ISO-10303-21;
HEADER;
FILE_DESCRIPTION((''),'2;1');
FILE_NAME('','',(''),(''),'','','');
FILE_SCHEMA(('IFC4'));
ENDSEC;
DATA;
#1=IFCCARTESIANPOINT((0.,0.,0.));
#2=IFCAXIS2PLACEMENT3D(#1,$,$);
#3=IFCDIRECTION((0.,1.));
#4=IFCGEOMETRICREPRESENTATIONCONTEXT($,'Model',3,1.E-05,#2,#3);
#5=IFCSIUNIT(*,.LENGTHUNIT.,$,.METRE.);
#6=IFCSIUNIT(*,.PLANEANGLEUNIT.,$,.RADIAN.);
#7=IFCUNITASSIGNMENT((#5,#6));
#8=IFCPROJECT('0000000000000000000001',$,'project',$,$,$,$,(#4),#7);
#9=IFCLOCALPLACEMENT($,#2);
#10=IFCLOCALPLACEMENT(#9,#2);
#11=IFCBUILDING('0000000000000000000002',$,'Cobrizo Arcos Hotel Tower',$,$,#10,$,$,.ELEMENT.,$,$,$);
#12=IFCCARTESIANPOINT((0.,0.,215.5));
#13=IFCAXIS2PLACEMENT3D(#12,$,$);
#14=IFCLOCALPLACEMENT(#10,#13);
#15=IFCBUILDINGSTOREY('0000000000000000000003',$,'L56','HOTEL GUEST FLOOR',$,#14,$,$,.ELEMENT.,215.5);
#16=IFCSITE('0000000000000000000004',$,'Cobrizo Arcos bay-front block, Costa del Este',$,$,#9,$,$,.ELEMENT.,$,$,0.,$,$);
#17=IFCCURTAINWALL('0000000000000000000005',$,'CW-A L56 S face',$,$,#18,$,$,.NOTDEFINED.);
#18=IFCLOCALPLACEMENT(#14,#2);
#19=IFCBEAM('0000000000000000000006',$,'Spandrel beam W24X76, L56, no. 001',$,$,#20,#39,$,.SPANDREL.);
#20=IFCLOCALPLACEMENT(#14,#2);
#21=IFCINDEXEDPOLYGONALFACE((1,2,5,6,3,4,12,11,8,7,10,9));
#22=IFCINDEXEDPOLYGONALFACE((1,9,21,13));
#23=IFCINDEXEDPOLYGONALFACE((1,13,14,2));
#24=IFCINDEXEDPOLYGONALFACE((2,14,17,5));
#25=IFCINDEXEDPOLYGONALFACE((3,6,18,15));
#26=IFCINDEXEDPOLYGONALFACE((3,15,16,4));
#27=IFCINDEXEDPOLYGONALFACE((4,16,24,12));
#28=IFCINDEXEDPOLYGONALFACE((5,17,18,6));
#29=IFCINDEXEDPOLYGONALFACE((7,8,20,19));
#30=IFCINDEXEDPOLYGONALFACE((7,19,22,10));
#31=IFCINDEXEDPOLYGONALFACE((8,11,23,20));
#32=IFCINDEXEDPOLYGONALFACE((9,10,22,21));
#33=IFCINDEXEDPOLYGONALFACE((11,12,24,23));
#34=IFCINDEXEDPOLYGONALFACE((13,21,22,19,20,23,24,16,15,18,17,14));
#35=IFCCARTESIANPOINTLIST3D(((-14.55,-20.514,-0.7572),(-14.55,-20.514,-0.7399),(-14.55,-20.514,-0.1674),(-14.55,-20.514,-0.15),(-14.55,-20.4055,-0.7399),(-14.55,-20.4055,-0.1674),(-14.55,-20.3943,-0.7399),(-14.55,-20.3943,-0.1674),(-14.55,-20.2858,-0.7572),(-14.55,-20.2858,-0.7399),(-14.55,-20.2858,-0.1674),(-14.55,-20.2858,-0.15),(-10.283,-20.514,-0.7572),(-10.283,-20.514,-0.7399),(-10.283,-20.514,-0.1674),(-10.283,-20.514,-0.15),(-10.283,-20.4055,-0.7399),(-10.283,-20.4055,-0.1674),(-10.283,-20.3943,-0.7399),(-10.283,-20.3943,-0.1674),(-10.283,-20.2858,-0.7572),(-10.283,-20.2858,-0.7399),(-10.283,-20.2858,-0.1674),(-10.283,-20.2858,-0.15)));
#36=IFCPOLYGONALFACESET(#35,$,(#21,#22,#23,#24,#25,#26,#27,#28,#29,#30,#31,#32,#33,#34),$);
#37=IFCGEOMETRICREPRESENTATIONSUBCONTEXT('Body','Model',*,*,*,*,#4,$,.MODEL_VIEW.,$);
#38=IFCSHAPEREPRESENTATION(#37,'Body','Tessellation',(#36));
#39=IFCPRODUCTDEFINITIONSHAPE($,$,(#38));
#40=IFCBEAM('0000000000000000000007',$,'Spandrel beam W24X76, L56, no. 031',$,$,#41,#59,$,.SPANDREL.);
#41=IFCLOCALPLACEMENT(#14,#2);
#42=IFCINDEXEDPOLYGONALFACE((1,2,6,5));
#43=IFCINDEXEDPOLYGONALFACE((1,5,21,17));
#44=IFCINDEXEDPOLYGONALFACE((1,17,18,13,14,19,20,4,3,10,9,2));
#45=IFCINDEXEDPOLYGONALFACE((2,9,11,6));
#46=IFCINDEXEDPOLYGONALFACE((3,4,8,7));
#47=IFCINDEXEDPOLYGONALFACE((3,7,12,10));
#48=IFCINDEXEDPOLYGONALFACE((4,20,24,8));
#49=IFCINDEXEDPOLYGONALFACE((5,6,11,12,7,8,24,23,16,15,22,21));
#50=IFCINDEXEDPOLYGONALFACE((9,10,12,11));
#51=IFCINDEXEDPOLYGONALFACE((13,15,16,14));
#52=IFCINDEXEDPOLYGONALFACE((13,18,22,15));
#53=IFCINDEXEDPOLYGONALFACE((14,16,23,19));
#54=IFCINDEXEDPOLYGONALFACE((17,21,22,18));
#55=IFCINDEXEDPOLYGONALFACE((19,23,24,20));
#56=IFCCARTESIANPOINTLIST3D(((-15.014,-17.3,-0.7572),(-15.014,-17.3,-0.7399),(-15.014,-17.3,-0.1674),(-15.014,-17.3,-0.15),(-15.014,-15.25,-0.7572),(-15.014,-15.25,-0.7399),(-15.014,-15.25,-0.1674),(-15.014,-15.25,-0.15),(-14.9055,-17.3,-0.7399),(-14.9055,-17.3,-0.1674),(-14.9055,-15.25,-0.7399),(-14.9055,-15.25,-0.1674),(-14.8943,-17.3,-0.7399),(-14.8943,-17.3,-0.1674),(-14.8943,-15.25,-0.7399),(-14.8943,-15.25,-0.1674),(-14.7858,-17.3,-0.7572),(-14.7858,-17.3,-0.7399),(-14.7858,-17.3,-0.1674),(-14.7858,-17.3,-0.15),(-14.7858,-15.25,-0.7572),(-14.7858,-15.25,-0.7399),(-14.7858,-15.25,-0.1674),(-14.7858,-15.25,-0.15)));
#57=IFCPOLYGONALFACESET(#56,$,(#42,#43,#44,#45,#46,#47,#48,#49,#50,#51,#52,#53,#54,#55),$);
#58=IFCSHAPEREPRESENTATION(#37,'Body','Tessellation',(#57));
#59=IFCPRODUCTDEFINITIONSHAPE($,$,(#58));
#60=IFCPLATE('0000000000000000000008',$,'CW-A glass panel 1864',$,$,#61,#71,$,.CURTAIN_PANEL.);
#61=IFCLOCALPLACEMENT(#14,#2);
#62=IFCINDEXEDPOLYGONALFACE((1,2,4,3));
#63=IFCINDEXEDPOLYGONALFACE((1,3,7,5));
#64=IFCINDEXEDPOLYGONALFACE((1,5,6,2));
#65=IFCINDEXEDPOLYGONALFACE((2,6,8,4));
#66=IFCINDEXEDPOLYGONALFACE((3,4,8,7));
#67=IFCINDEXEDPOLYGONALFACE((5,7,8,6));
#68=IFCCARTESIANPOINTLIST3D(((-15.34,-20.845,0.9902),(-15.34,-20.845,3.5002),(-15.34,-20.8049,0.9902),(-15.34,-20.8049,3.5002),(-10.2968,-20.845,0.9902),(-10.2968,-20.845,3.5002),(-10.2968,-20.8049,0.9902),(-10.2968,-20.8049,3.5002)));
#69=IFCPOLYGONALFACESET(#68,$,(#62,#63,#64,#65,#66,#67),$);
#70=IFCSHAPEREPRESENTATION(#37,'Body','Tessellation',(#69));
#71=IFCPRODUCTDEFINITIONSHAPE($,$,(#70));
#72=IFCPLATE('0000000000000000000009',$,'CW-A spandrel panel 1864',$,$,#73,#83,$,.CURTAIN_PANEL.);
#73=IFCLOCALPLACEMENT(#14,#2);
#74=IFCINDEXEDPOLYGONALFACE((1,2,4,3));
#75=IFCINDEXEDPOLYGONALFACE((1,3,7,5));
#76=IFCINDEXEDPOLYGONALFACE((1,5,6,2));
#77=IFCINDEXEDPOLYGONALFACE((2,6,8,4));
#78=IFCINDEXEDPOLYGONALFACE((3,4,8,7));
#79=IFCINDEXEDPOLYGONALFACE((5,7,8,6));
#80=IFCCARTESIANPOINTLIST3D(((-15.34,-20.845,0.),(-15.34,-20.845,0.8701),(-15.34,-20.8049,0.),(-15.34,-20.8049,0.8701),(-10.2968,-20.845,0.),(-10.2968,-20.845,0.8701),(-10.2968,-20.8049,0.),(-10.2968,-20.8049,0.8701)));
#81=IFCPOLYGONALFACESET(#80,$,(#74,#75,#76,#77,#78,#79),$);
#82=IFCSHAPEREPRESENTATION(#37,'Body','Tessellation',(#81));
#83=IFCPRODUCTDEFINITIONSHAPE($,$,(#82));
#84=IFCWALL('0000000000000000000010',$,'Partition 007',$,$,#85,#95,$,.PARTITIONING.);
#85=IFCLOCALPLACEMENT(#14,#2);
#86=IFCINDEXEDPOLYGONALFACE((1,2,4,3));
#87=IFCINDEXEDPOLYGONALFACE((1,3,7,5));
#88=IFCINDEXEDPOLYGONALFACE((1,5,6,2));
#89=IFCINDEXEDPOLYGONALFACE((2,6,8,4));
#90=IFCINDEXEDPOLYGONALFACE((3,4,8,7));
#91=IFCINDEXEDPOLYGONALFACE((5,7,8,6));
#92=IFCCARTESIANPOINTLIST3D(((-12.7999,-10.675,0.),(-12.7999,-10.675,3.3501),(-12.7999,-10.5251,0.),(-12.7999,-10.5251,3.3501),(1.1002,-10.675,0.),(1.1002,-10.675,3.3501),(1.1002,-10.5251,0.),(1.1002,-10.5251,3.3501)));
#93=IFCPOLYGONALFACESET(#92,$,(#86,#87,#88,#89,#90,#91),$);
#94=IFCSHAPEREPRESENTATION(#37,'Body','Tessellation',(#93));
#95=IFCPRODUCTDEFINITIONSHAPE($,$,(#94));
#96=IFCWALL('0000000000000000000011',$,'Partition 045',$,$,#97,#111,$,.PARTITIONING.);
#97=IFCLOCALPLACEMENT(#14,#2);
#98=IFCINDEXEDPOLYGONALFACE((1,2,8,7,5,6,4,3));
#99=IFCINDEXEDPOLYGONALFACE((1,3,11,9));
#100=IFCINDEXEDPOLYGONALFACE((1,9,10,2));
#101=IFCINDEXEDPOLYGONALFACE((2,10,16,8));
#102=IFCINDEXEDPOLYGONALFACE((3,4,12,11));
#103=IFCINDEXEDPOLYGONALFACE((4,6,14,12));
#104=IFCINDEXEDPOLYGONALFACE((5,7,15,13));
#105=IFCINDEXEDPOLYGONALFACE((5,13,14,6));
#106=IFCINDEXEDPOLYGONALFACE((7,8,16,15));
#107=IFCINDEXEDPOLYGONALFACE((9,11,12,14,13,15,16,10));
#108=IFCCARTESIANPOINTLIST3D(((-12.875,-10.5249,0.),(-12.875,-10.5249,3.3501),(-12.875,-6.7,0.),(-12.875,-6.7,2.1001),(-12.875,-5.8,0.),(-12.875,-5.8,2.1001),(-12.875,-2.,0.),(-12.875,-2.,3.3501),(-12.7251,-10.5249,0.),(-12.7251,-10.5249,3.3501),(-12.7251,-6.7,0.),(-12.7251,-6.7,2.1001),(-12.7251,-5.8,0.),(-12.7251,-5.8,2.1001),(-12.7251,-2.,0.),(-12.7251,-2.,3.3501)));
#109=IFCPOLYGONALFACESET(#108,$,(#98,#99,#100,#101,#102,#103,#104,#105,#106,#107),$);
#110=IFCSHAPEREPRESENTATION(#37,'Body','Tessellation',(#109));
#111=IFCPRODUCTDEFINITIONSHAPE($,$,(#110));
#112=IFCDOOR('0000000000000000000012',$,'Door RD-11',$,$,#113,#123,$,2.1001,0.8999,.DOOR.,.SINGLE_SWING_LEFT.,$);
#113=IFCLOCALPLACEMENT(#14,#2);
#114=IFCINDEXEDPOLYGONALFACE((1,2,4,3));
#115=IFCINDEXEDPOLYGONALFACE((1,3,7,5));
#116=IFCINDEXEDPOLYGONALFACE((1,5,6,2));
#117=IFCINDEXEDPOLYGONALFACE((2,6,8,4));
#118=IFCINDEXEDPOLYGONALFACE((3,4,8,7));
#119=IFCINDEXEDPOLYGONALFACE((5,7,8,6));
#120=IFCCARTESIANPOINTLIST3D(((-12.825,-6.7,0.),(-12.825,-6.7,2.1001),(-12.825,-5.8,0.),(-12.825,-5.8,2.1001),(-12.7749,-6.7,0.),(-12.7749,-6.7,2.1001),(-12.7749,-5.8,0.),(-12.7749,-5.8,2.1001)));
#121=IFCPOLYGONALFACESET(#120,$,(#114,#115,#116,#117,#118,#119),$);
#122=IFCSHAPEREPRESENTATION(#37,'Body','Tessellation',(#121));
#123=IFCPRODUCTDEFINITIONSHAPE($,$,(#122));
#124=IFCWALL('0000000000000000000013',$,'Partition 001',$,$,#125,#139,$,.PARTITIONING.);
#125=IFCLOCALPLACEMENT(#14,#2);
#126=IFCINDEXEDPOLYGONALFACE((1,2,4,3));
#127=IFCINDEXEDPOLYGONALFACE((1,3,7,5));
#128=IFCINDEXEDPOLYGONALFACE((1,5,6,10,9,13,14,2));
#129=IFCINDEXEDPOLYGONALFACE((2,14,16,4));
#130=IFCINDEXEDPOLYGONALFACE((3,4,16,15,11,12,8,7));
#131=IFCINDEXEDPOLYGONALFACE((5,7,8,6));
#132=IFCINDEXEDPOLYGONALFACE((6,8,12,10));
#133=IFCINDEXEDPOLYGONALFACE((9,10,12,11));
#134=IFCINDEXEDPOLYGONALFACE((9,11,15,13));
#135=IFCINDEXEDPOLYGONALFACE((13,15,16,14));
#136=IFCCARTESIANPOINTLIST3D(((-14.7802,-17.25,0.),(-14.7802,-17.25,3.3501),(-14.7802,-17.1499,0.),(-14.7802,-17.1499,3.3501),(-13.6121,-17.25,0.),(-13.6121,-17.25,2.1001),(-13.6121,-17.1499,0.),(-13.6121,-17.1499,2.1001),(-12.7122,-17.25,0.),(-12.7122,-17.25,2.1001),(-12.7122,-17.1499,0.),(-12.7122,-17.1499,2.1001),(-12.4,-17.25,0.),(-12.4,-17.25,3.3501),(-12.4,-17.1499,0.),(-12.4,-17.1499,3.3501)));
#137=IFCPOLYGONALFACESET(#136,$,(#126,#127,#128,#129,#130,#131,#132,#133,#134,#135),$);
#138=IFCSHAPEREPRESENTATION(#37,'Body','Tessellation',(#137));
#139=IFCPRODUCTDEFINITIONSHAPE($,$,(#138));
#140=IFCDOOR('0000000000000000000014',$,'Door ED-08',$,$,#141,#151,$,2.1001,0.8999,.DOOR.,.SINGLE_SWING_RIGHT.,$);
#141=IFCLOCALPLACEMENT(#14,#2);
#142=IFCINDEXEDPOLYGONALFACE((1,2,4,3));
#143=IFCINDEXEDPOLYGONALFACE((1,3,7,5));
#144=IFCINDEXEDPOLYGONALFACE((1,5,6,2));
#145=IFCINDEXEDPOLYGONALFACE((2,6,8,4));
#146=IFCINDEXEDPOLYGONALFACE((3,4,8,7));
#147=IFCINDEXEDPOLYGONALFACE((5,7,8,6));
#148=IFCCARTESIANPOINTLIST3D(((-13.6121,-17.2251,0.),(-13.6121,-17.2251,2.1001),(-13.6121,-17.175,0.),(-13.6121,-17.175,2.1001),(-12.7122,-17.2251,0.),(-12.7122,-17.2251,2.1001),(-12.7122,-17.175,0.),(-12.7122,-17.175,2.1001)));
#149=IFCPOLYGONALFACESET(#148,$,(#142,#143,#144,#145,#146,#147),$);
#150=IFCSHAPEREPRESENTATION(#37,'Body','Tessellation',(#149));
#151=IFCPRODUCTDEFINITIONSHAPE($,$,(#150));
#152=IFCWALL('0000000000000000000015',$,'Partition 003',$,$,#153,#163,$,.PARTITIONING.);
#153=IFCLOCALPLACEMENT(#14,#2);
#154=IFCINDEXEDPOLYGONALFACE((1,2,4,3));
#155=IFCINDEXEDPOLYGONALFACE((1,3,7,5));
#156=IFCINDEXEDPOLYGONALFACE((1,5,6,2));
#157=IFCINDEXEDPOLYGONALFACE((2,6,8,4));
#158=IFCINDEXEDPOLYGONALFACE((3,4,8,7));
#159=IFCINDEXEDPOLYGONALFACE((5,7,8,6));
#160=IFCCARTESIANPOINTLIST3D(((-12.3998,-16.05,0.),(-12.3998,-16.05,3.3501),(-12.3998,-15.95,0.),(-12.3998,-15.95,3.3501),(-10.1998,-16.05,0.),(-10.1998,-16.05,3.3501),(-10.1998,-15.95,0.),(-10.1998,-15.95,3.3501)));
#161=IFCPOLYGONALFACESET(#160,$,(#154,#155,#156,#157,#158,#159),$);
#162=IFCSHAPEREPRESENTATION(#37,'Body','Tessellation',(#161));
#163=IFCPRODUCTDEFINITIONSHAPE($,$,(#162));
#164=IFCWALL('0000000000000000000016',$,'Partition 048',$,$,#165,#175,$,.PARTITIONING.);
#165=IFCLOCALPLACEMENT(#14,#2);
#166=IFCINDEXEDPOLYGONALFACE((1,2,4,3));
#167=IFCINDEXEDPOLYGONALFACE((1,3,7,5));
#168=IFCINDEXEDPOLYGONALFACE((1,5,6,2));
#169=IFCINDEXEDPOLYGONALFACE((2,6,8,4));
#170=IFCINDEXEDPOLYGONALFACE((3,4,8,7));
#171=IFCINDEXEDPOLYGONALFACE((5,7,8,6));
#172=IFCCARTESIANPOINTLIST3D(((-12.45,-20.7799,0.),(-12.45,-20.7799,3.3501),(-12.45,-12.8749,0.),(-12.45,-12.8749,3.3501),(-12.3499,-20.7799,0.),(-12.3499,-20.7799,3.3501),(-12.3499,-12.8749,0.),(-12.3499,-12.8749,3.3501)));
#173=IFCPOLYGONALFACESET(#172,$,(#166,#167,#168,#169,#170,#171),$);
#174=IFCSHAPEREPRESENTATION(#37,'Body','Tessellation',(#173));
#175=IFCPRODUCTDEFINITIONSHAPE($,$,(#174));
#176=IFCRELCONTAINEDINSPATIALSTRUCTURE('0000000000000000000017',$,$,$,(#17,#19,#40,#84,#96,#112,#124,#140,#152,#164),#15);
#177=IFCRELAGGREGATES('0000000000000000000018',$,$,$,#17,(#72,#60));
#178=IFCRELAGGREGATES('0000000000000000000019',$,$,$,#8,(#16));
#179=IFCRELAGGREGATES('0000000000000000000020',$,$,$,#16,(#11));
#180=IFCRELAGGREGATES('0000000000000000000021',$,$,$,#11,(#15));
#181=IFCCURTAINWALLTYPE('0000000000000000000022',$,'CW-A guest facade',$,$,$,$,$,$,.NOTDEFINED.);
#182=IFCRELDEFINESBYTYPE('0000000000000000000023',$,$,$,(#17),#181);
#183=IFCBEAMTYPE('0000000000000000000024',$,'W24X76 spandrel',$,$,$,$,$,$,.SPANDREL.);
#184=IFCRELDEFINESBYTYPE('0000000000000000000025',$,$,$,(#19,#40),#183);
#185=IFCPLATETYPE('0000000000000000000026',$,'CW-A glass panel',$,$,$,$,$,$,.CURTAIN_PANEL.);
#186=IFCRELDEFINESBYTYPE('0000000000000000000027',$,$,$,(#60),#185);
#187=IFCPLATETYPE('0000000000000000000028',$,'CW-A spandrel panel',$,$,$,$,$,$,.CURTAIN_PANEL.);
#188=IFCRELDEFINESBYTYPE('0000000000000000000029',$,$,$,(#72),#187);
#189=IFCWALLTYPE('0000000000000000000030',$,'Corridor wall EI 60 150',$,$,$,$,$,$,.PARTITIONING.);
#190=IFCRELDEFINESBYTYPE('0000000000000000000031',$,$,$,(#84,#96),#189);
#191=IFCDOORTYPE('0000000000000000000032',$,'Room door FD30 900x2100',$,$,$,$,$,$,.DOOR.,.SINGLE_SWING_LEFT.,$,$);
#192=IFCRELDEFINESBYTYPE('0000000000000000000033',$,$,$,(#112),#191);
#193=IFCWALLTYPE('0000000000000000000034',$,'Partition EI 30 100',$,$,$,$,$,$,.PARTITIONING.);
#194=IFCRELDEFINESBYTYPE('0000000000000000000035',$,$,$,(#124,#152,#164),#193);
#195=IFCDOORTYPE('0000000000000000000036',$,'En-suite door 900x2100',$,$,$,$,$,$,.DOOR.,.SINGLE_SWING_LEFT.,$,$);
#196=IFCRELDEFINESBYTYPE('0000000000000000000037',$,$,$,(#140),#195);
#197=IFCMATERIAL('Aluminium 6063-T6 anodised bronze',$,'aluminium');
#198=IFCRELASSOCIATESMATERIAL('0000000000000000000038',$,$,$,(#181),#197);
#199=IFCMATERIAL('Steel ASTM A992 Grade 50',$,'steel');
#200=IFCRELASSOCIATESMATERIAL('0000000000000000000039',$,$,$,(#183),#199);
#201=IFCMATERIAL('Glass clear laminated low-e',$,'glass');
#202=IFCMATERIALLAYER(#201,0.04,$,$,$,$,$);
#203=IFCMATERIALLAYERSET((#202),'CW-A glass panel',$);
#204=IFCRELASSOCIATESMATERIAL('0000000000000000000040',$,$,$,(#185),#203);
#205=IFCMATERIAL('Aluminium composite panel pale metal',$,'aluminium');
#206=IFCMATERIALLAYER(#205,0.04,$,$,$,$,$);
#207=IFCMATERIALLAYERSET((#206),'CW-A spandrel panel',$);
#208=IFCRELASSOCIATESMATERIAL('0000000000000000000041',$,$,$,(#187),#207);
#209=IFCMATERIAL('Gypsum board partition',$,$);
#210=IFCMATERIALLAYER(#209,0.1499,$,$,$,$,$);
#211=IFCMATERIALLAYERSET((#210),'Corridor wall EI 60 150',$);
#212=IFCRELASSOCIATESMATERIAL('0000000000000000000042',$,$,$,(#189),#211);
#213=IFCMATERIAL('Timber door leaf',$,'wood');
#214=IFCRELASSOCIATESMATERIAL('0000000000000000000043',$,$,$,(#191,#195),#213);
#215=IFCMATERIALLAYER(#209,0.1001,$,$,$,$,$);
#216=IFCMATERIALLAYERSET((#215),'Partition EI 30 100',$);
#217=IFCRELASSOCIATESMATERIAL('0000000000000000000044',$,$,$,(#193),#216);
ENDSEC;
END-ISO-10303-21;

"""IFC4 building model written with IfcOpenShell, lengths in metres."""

from ifc_helpers import new_model, si_unit, direction, frame, frame_2d, origin, origin_2d, place, context, subcontext, project, spatial, rectangle, i_section, extrude, material, layer, layer_set, material_profile, profile_set, type_object, element, fill, aggregate, save


model = new_model("IFC4")

# Units and contexts
model_context = context("Model", 3, precision=1e-05, world=origin(), true_north=direction((0.0, 1.0)))
body_context = subcontext(model_context, "Body", "Model", "MODEL_VIEW")
ifc_project = project(units=[si_unit("LENGTHUNIT", "METRE"), si_unit("PLANEANGLEUNIT", "RADIAN")], contexts=[model_context])

# Site, building, storey
site_placement = place(None, origin())
site = spatial("IfcSite", under=ifc_project, at=site_placement, Name="Cobrizo Arcos bay-front block, Costa del Este", CompositionType="ELEMENT", RefElevation=0.0)
building_placement = place(site_placement, origin())
building = spatial("IfcBuilding", under=site, at=building_placement, Name="Cobrizo Arcos Hotel Tower", CompositionType="ELEMENT")
storey_placement = place(building_placement, frame((0.0, 0.0, 215.5)))
storey = spatial("IfcBuildingStorey", under=building, at=storey_placement, Name="L56", Description="HOTEL GUEST FLOOR", CompositionType="ELEMENT", Elevation=215.5)

# Shared definitions
ifc_material_1 = material(Name="Steel ASTM A992 Grade 50", Category="steel")

# Curtain wall
ifc_material_2 = material(Name="Aluminium 6063-T6 anodised bronze", Category="aluminium")
curtain_wall_type = type_object("IfcCurtainWallType", Name="CW-A guest facade", PredefinedType="NOTDEFINED", material=ifc_material_2)
curtain_wall_placement = place(storey_placement, origin())
curtain_wall = element("IfcCurtainWall", 1, at=curtain_wall_placement, inside=storey, type_object=curtain_wall_type, Name="CW-A L56 S face", PredefinedType="NOTDEFINED")

# Beams
ifc_material_profile_1 = material_profile(ifc_material_1, i_section(OverallWidth=0.2283, OverallDepth=0.6072, WebThickness=0.0112, FlangeThickness=0.0173, at=origin_2d()), Name="W24X76")
ifc_profile_set_1 = profile_set([ifc_material_profile_1], Name="Steel ASTM A992 Grade 50")
beam_type_1 = type_object("IfcBeamType", Name="W24X76 spandrel", PredefinedType="SPANDREL", material=ifc_profile_set_1)
beam_1_placement = place(storey_placement, frame((-14.55, -20.3999, -0.4536), z_axis=(1.0, 0.0, 0.0), x_axis=(0.0, 1.0, 0.0)))
element("IfcBeam", 2, at=beam_1_placement, inside=storey, type_object=beam_type_1, Name="Spandrel beam W24X76, L56, no. 001", PredefinedType="SPANDREL", context=body_context, shape_type="SweptSolid", body=[
    extrude(i_section(OverallWidth=0.2283, OverallDepth=0.6072, WebThickness=0.0112, FlangeThickness=0.0173, at=origin_2d()), origin(), (0.0, 0.0, 1.0), 4.2671),
])
beam_2_placement = place(storey_placement, frame((-14.8999, -15.25, -0.4536), z_axis=(0.0, -1.0, 0.0), x_axis=(1.0, 0.0, 0.0)))
element("IfcBeam", 3, at=beam_2_placement, inside=storey, type_object=beam_type_1, Name="Spandrel beam W24X76, L56, no. 031", PredefinedType="SPANDREL", context=body_context, shape_type="SweptSolid", body=[
    extrude(i_section(OverallWidth=0.2283, OverallDepth=0.6072, WebThickness=0.0112, FlangeThickness=0.0173, at=origin_2d()), origin(), (0.0, 0.0, 1.0), 2.05),
])

# Plates
ifc_material_3 = material(Name="Glass clear laminated low-e", Category="glass")
ifc_layer_1 = layer(ifc_material_3, 0.04)
ifc_layer_set_1 = layer_set([ifc_layer_1], Name="CW-A glass panel")
plate_type_1 = type_object("IfcPlateType", Name="CW-A glass panel", PredefinedType="CURTAIN_PANEL", material=ifc_layer_set_1)
plate_1_placement = place(storey_placement, frame((-12.8184, -20.825, 0.9902), z_axis=(0.0, 0.0, 1.0), x_axis=(1.0, 0.0, 0.0)))
plate_1 = element("IfcPlate", 4, at=plate_1_placement, type_object=plate_type_1, Name="CW-A glass panel 1864", PredefinedType="CURTAIN_PANEL", context=body_context, shape_type="SweptSolid", body=[
    extrude(rectangle(XDim=5.0432, YDim=0.04, at=origin_2d()), origin(), (0.0, 0.0, 1.0), 2.51),
])
ifc_material_4 = material(Name="Aluminium composite panel pale metal", Category="aluminium")
ifc_layer_2 = layer(ifc_material_4, 0.04)
ifc_layer_set_2 = layer_set([ifc_layer_2], Name="CW-A spandrel panel")
plate_type_2 = type_object("IfcPlateType", Name="CW-A spandrel panel", PredefinedType="CURTAIN_PANEL", material=ifc_layer_set_2)
plate_2_placement = place(storey_placement, frame((-12.8184, -20.825, 0.0), z_axis=(0.0, 0.0, 1.0), x_axis=(1.0, 0.0, 0.0)))
plate_2 = element("IfcPlate", 5, at=plate_2_placement, type_object=plate_type_2, Name="CW-A spandrel panel 1864", PredefinedType="CURTAIN_PANEL", context=body_context, shape_type="SweptSolid", body=[
    extrude(rectangle(XDim=5.0432, YDim=0.04, at=origin_2d()), origin(), (0.0, 0.0, 1.0), 0.8701),
])
aggregate(curtain_wall, [plate_2, plate_1])

# Wall
ifc_material_5 = material(Name="Gypsum board partition")
ifc_layer_3 = layer(ifc_material_5, 0.1499)
ifc_layer_set_3 = layer_set([ifc_layer_3], Name="Corridor wall EI 60 150")
wall_type_1 = type_object("IfcWallType", Name="Corridor wall EI 60 150", PredefinedType="PARTITIONING", material=ifc_layer_set_3)
wall_1_placement = place(storey_placement, frame((-12.8, -10.6001, 0.0), z_axis=(0.0, 0.0, 1.0), x_axis=(1.0, 0.0, 0.0)))
element("IfcWall", 6, at=wall_1_placement, inside=storey, type_object=wall_type_1, Name="Partition 007", PredefinedType="PARTITIONING", context=body_context, shape_type="SweptSolid", body=[
    extrude(rectangle(XDim=13.9001, YDim=0.1499, at=frame_2d((6.9502, 0.0))), origin(), (0.0, 0.0, 1.0), 3.3501),
])

# Walls, openings, doors
wall_2_placement = place(storey_placement, frame((-12.8, -10.5249, 0.0), z_axis=(0.0, 0.0, 1.0), x_axis=(0.0, 1.0, 0.0)))
wall_2 = element("IfcWall", 7, at=wall_2_placement, inside=storey, type_object=wall_type_1, Name="Partition 045", PredefinedType="PARTITIONING", context=body_context, shape_type="SweptSolid", body=[
    extrude(rectangle(XDim=8.5249, YDim=0.1499, at=frame_2d((4.2625, 0.0))), origin(), (0.0, 0.0, 1.0), 3.3501),
])
opening_1_placement = place(wall_2_placement, frame((3.825, 0.0, 0.0)))
opening_1 = element("IfcOpeningElement", 8, at=opening_1_placement, cuts=wall_2, PredefinedType="OPENING", context=body_context, shape_type="SweptSolid", body=[
    extrude(rectangle(XDim=0.8999, YDim=2.1001, at=frame_2d((0.45, 1.05))), frame((0.0, 0.0869, 0.0), z_axis=(0.0, -1.0, 0.0), x_axis=(1.0, 0.0, 0.0)), (0.0, 0.0, 1.0), 0.1738),
])
ifc_material_6 = material(Name="Timber door leaf", Category="wood")
door_type_1 = type_object("IfcDoorType", Name="Room door FD30 900x2100", OperationType="SINGLE_SWING_LEFT", PredefinedType="DOOR", material=ifc_material_6)
door_1_placement = place(opening_1_placement, origin())
door_1 = element("IfcDoor", 9, at=door_1_placement, inside=storey, type_object=door_type_1, Name="Door RD-11", OperationType="SINGLE_SWING_LEFT", OverallHeight=2.1001, OverallWidth=0.8999, PredefinedType="DOOR", context=body_context, shape_type="SweptSolid", body=[
    extrude(rectangle(XDim=0.8999, YDim=2.1001, at=frame_2d((0.45, 1.05))), frame((0.0, 0.0249, 0.0), z_axis=(0.0, -1.0, 0.0), x_axis=(1.0, 0.0, 0.0)), (0.0, 0.0, 1.0), 0.05),
])
fill(opening_1, door_1)
ifc_layer_4 = layer(ifc_material_5, 0.1001)
ifc_layer_set_4 = layer_set([ifc_layer_4], Name="Partition EI 30 100")
wall_type_2 = type_object("IfcWallType", Name="Partition EI 30 100", PredefinedType="PARTITIONING", material=ifc_layer_set_4)
wall_3_placement = place(storey_placement, frame((-14.78, -17.2, 0.0), z_axis=(0.0, 0.0, 1.0), x_axis=(1.0, 0.0, 0.0)))
wall_3 = element("IfcWall", 10, at=wall_3_placement, inside=storey, type_object=wall_type_2, Name="Partition 001", PredefinedType="PARTITIONING", context=body_context, shape_type="SweptSolid", body=[
    extrude(rectangle(XDim=2.3801, YDim=0.1001, at=frame_2d((1.1899, 0.0))), origin(), (0.0, 0.0, 1.0), 3.3501),
])
opening_2_placement = place(wall_3_placement, frame((1.168, 0.0, 0.0)))
opening_2 = element("IfcOpeningElement", 11, at=opening_2_placement, cuts=wall_3, PredefinedType="OPENING", context=body_context, shape_type="SweptSolid", body=[
    extrude(rectangle(XDim=0.8999, YDim=2.1001, at=frame_2d((0.45, 1.05))), frame((0.0, 0.062, 0.0), z_axis=(0.0, -1.0, 0.0), x_axis=(1.0, 0.0, 0.0)), (0.0, 0.0, 1.0), 0.124),
])
door_type_2 = type_object("IfcDoorType", Name="En-suite door 900x2100", OperationType="SINGLE_SWING_LEFT", PredefinedType="DOOR", material=ifc_material_6)
door_2_placement = place(opening_2_placement, origin())
door_2 = element("IfcDoor", 12, at=door_2_placement, inside=storey, type_object=door_type_2, Name="Door ED-08", OperationType="SINGLE_SWING_RIGHT", OverallHeight=2.1001, OverallWidth=0.8999, PredefinedType="DOOR", context=body_context, shape_type="SweptSolid", body=[
    extrude(rectangle(XDim=0.8999, YDim=2.1001, at=frame_2d((0.45, 1.05))), frame((0.0, 0.0249, 0.0), z_axis=(0.0, -1.0, 0.0), x_axis=(1.0, 0.0, 0.0)), (0.0, 0.0, 1.0), 0.05),
])
fill(opening_2, door_2)

# Walls
wall_4_placement = place(storey_placement, frame((-12.3999, -16.0, 0.0), z_axis=(0.0, 0.0, 1.0), x_axis=(1.0, 0.0, 0.0)))
element("IfcWall", 13, at=wall_4_placement, inside=storey, type_object=wall_type_2, Name="Partition 003", PredefinedType="PARTITIONING", context=body_context, shape_type="SweptSolid", body=[
    extrude(rectangle(XDim=2.2, YDim=0.1001, at=frame_2d((1.1001, 0.0))), origin(), (0.0, 0.0, 1.0), 3.3501),
])
wall_5_placement = place(storey_placement, frame((-12.3999, -20.78, 0.0), z_axis=(0.0, 0.0, 1.0), x_axis=(0.0, 1.0, 0.0)))
element("IfcWall", 14, at=wall_5_placement, inside=storey, type_object=wall_type_2, Name="Partition 048", PredefinedType="PARTITIONING", context=body_context, shape_type="SweptSolid", body=[
    extrude(rectangle(XDim=7.905, YDim=0.1001, at=frame_2d((3.9526, 0.0))), origin(), (0.0, 0.0, 1.0), 3.3501),
])

save(model, "model.ifc")
